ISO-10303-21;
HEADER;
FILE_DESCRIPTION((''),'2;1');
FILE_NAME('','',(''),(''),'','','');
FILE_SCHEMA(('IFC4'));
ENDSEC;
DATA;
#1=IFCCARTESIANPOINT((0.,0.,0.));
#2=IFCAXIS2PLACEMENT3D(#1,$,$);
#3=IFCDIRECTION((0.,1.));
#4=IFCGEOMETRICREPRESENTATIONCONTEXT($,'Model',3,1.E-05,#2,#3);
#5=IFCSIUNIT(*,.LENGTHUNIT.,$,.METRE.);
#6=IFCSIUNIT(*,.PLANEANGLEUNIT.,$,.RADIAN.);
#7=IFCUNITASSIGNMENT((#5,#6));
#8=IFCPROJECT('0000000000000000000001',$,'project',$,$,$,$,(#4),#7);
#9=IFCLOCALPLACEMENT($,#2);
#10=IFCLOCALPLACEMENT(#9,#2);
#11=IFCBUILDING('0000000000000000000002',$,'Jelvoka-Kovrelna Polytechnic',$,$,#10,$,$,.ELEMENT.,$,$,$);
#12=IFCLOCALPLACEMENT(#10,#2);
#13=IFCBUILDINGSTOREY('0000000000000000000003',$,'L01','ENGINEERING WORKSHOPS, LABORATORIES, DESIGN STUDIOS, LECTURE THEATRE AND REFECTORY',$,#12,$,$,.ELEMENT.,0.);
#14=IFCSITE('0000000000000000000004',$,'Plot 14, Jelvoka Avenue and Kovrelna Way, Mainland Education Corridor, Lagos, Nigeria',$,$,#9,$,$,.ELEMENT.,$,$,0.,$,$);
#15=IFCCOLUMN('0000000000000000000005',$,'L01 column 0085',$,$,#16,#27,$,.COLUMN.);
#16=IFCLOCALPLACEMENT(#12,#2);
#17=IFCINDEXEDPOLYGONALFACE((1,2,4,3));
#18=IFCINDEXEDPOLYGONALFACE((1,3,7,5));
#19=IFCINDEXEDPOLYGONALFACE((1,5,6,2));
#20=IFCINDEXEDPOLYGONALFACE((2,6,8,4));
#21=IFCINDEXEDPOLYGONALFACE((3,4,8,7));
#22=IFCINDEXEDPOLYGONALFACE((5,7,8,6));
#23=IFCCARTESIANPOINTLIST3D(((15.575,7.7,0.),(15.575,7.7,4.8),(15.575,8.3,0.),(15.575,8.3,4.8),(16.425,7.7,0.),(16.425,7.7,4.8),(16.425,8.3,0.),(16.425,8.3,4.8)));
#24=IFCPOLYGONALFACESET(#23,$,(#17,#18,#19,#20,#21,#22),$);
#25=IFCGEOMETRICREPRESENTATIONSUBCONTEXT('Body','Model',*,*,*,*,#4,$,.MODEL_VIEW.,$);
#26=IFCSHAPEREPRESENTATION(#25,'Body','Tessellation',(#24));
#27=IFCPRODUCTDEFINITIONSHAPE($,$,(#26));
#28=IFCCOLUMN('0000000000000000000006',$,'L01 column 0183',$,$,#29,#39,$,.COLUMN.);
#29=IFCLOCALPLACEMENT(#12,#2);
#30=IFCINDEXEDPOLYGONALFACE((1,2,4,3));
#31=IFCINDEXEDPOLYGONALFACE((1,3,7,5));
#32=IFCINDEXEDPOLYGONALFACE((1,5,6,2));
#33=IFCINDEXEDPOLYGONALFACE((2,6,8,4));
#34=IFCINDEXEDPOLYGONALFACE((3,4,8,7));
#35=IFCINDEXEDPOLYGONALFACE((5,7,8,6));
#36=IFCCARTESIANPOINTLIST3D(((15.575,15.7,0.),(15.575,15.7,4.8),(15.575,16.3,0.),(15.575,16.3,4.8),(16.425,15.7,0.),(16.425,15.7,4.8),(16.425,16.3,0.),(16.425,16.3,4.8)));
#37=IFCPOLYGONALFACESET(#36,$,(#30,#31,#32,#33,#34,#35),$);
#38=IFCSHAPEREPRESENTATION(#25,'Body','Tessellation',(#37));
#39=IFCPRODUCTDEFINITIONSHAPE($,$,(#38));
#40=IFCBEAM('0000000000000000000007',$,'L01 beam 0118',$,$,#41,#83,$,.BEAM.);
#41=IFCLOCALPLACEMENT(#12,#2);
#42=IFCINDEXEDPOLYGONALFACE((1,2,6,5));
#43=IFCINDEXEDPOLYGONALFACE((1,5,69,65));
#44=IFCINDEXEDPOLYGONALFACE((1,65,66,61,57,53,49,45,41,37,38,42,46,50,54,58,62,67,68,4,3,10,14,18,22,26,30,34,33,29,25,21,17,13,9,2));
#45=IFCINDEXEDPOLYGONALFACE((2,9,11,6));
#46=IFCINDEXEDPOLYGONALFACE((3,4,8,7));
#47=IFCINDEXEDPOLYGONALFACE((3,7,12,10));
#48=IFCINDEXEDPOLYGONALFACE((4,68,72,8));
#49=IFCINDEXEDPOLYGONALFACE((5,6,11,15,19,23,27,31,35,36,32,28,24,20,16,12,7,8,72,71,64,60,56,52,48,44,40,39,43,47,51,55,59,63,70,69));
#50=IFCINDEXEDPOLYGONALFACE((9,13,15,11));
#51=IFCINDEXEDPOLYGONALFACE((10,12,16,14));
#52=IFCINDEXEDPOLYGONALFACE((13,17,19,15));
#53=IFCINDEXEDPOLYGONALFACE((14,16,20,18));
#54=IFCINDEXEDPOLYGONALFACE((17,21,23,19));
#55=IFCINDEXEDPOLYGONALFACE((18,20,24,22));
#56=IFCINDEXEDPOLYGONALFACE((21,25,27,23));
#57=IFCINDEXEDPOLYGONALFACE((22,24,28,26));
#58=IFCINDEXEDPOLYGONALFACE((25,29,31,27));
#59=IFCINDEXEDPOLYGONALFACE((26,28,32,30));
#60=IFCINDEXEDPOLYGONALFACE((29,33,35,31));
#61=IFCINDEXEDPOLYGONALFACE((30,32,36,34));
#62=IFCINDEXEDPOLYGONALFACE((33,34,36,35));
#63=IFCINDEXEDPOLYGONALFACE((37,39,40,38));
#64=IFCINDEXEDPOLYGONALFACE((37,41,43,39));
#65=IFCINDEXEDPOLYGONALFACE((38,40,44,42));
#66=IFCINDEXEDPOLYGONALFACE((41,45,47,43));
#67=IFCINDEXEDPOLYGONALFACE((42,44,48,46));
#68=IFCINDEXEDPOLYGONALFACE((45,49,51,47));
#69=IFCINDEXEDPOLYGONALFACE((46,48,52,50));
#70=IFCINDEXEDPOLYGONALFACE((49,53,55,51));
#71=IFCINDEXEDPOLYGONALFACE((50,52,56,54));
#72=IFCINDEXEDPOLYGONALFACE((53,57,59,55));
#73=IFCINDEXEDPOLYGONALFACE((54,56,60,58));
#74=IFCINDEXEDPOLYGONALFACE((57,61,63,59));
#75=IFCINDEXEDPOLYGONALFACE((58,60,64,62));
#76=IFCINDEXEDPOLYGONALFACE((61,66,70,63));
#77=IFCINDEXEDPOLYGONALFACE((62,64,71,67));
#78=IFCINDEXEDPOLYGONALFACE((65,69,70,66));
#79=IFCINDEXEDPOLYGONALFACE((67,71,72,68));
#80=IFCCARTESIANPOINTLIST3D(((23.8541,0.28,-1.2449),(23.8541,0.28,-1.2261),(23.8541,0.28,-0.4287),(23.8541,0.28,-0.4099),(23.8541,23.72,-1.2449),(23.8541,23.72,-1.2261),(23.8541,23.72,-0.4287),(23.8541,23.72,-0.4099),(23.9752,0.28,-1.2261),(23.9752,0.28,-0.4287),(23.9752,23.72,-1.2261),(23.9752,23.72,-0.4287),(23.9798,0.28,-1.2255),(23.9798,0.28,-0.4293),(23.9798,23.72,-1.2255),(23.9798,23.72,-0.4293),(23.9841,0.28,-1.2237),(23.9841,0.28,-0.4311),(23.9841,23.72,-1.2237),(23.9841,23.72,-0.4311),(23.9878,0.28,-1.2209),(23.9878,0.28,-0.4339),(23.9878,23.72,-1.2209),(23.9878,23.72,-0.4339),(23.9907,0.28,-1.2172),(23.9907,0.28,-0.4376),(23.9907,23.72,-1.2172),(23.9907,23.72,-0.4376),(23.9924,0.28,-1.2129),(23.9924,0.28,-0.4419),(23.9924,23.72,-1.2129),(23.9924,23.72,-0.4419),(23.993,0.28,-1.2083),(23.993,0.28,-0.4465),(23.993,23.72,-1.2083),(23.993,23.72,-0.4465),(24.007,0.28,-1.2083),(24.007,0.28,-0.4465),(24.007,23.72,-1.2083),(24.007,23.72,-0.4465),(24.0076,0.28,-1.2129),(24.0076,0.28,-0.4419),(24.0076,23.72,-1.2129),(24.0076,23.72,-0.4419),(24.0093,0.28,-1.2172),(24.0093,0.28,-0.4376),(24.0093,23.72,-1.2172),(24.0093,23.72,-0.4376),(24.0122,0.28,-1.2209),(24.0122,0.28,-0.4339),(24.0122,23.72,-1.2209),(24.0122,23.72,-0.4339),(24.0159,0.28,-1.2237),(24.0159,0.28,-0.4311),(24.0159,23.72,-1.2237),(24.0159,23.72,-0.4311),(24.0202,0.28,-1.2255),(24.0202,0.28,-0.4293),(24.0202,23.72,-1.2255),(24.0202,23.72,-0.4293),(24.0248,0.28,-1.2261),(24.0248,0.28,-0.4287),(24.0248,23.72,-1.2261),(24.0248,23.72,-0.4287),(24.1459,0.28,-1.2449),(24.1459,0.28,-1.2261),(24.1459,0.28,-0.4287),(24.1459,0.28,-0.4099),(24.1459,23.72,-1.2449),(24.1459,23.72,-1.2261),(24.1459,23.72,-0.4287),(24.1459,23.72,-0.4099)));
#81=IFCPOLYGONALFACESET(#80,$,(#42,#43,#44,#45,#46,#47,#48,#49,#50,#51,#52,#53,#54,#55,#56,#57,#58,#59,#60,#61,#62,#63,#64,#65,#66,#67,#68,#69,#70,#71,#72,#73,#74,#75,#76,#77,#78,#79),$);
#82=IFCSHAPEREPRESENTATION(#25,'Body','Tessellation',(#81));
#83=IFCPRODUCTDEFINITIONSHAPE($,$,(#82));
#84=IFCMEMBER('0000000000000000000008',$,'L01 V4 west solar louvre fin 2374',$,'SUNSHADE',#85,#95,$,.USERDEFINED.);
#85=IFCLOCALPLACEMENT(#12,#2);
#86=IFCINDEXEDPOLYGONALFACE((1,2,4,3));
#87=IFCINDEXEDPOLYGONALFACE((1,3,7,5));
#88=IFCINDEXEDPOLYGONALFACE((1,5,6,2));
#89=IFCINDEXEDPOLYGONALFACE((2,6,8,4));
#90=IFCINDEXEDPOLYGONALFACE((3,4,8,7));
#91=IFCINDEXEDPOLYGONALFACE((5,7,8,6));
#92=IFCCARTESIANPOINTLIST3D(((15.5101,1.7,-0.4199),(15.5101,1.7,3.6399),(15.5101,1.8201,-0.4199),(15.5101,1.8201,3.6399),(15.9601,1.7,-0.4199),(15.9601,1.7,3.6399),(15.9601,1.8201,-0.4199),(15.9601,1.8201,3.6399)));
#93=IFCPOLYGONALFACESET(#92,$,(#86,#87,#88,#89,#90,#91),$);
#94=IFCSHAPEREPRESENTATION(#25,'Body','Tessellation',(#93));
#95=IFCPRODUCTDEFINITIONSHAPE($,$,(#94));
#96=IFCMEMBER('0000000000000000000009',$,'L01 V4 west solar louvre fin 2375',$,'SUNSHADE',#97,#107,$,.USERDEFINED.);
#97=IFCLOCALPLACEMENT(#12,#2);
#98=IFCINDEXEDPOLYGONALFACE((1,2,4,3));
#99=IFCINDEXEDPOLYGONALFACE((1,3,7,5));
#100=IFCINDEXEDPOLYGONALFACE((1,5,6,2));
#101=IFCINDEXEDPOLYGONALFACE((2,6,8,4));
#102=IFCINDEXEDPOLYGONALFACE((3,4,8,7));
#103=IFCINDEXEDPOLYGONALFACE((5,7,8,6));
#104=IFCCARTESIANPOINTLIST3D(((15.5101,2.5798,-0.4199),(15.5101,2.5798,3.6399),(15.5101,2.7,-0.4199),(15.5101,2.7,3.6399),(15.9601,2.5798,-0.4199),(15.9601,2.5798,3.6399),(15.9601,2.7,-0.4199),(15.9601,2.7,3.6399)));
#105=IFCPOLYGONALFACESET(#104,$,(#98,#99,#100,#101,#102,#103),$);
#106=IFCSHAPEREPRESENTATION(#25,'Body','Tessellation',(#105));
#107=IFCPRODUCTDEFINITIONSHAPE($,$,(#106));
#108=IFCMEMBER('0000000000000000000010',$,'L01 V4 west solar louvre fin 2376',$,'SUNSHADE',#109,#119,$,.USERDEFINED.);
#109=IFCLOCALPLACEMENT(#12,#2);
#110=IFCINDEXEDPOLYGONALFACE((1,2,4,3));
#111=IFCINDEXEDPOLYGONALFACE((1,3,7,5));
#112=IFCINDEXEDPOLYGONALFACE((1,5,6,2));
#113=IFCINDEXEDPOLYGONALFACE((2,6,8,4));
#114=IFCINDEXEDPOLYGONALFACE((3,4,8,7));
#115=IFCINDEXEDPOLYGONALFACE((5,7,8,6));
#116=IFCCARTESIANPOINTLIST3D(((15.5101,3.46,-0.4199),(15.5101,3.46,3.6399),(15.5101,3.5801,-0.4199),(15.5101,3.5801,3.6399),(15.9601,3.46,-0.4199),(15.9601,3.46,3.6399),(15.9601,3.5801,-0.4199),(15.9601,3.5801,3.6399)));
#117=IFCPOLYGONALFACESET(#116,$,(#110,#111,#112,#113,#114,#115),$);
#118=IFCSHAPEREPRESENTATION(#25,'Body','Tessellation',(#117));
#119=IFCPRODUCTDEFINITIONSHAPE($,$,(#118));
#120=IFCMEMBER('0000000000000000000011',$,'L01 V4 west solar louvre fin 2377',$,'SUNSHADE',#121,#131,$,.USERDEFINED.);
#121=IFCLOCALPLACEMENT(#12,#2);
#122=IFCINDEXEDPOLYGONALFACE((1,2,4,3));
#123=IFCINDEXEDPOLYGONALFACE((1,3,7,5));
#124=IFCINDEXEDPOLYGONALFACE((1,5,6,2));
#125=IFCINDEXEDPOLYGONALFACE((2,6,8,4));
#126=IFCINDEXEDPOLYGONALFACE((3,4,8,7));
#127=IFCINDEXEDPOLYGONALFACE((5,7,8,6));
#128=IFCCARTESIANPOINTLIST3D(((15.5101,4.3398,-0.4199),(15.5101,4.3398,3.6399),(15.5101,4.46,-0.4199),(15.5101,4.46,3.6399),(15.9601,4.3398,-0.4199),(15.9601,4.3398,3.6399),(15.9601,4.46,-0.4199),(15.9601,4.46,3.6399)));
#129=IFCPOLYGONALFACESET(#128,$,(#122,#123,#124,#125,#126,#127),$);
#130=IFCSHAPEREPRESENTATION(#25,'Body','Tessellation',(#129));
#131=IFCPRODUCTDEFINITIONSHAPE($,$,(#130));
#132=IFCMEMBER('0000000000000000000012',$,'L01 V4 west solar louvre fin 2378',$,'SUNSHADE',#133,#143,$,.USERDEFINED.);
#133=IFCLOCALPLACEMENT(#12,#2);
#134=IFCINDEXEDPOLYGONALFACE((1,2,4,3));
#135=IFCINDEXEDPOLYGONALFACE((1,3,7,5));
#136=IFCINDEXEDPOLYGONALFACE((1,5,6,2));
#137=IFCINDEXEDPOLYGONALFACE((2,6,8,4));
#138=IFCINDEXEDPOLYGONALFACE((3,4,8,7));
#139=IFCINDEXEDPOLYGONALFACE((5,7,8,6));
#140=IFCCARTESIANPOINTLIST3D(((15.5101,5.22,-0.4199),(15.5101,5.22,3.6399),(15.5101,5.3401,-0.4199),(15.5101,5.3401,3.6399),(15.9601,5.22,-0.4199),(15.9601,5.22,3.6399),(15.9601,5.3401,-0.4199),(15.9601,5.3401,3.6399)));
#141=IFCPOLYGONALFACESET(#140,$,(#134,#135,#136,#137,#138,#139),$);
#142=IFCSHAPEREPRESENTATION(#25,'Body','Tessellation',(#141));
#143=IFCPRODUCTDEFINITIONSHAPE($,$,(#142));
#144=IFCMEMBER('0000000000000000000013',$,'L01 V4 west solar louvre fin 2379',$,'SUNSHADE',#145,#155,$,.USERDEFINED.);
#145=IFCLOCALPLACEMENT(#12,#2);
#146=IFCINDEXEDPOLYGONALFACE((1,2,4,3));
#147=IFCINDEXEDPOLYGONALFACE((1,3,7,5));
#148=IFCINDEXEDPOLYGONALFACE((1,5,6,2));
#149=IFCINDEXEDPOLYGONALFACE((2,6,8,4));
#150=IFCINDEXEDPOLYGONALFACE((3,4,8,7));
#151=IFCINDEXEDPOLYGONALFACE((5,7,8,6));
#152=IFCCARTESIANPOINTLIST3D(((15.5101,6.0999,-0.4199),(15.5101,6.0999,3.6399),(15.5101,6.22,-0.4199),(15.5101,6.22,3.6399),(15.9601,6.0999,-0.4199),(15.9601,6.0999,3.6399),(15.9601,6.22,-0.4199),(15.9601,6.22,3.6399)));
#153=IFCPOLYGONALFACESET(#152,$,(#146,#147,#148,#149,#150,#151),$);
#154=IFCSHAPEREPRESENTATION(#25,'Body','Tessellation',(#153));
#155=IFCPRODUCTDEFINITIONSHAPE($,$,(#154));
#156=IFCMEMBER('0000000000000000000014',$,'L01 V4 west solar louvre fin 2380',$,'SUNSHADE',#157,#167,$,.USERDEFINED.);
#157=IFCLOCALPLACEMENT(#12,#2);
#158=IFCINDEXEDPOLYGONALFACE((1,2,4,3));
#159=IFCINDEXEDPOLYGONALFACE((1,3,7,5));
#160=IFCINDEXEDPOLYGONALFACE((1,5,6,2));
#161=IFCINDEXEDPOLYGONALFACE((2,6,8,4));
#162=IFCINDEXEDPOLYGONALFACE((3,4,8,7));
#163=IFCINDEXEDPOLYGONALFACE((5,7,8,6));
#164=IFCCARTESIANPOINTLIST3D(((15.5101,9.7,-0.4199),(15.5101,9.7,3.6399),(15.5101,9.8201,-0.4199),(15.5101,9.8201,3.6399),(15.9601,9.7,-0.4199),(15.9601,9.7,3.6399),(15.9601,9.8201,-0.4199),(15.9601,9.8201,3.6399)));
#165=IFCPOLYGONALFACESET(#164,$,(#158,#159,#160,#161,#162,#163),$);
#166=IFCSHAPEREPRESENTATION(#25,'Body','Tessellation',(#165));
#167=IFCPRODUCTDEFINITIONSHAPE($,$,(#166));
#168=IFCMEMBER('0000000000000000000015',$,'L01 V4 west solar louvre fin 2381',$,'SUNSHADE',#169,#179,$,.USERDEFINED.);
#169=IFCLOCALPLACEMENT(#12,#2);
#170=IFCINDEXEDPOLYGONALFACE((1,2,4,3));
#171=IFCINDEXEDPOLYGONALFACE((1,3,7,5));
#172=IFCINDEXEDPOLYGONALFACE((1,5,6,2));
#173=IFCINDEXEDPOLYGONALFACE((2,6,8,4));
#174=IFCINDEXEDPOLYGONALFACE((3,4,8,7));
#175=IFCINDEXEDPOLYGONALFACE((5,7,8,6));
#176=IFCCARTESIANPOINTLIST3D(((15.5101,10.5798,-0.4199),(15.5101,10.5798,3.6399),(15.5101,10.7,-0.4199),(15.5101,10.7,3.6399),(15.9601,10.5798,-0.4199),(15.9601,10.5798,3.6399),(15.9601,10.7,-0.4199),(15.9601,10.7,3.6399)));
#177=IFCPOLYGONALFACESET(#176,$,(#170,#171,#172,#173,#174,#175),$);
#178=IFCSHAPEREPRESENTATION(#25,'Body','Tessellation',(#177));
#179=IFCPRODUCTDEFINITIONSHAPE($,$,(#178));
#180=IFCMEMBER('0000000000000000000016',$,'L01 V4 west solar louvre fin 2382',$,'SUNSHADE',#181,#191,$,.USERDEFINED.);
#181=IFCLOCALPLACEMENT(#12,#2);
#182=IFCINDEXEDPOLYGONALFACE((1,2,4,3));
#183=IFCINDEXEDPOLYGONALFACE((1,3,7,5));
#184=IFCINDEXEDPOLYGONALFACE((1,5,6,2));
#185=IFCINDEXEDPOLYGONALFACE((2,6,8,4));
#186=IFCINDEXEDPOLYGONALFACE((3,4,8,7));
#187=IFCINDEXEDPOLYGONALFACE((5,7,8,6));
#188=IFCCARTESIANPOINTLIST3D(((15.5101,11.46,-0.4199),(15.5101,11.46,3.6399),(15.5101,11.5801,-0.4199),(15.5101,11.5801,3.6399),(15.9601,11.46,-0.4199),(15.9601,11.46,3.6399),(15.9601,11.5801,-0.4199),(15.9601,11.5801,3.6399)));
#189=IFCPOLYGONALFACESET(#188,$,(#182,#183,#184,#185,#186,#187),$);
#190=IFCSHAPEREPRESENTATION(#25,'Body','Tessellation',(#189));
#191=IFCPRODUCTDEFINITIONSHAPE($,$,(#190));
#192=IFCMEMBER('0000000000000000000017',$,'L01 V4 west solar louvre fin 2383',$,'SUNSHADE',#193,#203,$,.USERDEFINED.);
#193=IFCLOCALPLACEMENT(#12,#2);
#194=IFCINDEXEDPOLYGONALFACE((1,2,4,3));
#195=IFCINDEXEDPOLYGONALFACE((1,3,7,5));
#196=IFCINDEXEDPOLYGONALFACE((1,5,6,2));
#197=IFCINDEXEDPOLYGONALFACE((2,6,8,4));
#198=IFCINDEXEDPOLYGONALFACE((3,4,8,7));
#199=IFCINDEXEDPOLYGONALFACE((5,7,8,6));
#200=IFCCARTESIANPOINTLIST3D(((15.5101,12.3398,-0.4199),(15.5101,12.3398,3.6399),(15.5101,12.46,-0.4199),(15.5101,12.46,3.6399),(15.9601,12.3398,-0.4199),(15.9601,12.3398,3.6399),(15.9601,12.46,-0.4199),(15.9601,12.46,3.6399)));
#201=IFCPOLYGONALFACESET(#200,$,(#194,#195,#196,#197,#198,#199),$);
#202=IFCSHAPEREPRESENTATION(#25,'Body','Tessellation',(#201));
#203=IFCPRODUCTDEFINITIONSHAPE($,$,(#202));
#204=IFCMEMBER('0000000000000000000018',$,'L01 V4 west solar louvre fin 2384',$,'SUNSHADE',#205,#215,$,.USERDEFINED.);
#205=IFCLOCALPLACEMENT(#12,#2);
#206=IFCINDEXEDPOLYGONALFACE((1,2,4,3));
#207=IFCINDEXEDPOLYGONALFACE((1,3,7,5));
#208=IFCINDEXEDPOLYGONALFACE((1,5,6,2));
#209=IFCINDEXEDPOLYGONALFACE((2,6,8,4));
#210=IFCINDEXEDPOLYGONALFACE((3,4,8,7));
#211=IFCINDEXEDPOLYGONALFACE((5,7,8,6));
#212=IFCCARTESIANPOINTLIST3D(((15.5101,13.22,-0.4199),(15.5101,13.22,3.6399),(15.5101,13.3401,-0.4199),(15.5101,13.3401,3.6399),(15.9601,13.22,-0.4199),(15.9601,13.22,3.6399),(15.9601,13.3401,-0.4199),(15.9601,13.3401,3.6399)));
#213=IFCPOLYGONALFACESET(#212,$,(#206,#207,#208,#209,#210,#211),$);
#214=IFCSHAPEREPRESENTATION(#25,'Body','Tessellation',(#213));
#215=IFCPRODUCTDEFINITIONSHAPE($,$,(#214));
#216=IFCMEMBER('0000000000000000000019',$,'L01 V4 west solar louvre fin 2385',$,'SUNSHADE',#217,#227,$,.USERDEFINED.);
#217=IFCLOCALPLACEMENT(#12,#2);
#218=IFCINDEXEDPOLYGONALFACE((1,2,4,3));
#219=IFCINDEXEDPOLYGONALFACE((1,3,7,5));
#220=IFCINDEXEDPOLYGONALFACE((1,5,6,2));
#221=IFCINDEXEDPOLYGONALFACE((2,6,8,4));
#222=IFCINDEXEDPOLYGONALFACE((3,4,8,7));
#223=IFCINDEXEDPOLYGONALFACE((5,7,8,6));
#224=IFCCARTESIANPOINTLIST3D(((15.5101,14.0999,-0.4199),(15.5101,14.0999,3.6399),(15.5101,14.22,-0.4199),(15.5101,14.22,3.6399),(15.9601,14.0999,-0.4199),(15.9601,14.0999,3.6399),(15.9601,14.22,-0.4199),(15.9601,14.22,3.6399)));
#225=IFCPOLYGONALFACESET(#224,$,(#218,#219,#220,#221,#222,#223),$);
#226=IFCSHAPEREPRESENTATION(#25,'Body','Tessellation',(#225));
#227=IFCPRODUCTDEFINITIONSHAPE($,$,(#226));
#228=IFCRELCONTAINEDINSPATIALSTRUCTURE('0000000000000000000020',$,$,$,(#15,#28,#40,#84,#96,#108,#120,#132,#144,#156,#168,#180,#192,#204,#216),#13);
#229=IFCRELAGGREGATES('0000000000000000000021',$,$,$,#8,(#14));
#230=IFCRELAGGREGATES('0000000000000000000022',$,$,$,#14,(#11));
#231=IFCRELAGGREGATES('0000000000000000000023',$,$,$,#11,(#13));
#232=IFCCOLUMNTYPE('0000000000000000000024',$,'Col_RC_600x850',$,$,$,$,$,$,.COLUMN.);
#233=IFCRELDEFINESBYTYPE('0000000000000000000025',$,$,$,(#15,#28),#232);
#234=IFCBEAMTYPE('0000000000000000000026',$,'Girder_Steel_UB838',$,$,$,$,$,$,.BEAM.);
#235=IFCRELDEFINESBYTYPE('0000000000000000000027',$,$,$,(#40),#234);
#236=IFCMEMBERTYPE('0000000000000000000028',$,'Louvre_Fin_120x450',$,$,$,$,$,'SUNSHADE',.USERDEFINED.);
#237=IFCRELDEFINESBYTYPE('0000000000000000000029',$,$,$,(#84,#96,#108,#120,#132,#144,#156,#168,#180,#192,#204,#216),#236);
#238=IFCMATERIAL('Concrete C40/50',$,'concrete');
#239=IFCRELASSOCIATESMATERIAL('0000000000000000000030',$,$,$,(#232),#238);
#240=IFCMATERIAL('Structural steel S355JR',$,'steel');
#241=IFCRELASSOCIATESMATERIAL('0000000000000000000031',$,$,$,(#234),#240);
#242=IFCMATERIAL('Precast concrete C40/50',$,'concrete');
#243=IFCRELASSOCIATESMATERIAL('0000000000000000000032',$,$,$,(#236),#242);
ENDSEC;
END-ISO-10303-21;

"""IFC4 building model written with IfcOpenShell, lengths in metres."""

from ifc_helpers import new_model, si_unit, direction, frame, origin, origin_2d, place, context, subcontext, project, spatial, rectangle, i_section, extrude, material, material_profile, profile_set, type_object, element, save


model = new_model("IFC4")

# Units and contexts
model_context = context("Model", 3, precision=1e-05, world=origin(), true_north=direction((0.0, 1.0)))
body_context = subcontext(model_context, "Body", "Model", "MODEL_VIEW")
ifc_project = project(units=[si_unit("LENGTHUNIT", "METRE"), si_unit("PLANEANGLEUNIT", "RADIAN")], contexts=[model_context])

# Site, building, storey
site_placement = place(None, origin())
site = spatial("IfcSite", under=ifc_project, at=site_placement, Name="Plot 14, Jelvoka Avenue and Kovrelna Way, Mainland Education Corridor, Lagos, Nigeria", CompositionType="ELEMENT", RefElevation=0.0)
building_placement = place(site_placement, origin())
building = spatial("IfcBuilding", under=site, at=building_placement, Name="Jelvoka-Kovrelna Polytechnic", CompositionType="ELEMENT")
storey_placement = place(building_placement, origin())
storey = spatial("IfcBuildingStorey", under=building, at=storey_placement, Name="L01", Description="ENGINEERING WORKSHOPS, LABORATORIES, DESIGN STUDIOS, LECTURE THEATRE AND REFECTORY", CompositionType="ELEMENT", Elevation=0.0)

# Columns
ifc_material_1 = material(Name="Concrete C40/50", Category="concrete")
ifc_material_profile_1 = material_profile(ifc_material_1, rectangle(XDim=0.6001, YDim=0.8501, at=origin_2d()), Name="RC 600x850")
ifc_profile_set_1 = profile_set([ifc_material_profile_1], Name="Concrete C40/50")
column_type = type_object("IfcColumnType", Name="Col_RC_600x850", PredefinedType="COLUMN", material=ifc_profile_set_1)
for number, where, z_axis, x_axis, name in (
    (1, (16.0, 8.0, 0.0), (0.0, 0.0, 1.0), (0.0, 1.0, 0.0), "L01 column 0085"),
    (2, (16.0, 16.0, 0.0), (0.0, 0.0, 1.0), (0.0, 1.0, 0.0), "L01 column 0183"),
):
    element("IfcColumn", number, at=place(storey_placement, frame(where, z_axis=z_axis, x_axis=x_axis)), inside=storey, type_object=column_type, Name=name, PredefinedType="COLUMN", context=body_context, shape_type="SweptSolid", body=[
        extrude(rectangle(XDim=0.6001, YDim=0.8501, at=origin_2d()), origin(), (0.0, 0.0, 1.0), 4.8),
    ])

# Beam
ifc_material_2 = material(Name="Structural steel S355JR", Category="steel")
ifc_material_profile_2 = material_profile(ifc_material_2, i_section(OverallWidth=0.2917, OverallDepth=0.835, WebThickness=0.0139, FlangeThickness=0.0188, FilletRadius=0.0178, at=origin_2d()), Name="838x292x176 UB")
ifc_profile_set_2 = profile_set([ifc_material_profile_2], Name="Structural steel S355JR")
beam_type = type_object("IfcBeamType", Name="Girder_Steel_UB838", PredefinedType="BEAM", material=ifc_profile_set_2)
beam_placement = place(storey_placement, frame((24.0, 0.28, -0.8274), z_axis=(0.0, 1.0, 0.0), x_axis=(-1.0, 0.0, 0.0)))
element("IfcBeam", 3, at=beam_placement, inside=storey, type_object=beam_type, Name="L01 beam 0118", PredefinedType="BEAM", context=body_context, shape_type="SweptSolid", body=[
    extrude(i_section(OverallWidth=0.2917, OverallDepth=0.835, WebThickness=0.0139, FlangeThickness=0.0188, FilletRadius=0.0178, at=origin_2d()), origin(), (0.0, 0.0, 1.0), 23.4399),
])

# Members
ifc_material_3 = material(Name="Precast concrete C40/50", Category="concrete")
ifc_material_profile_3 = material_profile(ifc_material_3, rectangle(XDim=0.1201, YDim=0.45, at=origin_2d()), Name="PC 120x450")
ifc_profile_set_3 = profile_set([ifc_material_profile_3], Name="Precast concrete C40/50")
member_type = type_object("IfcMemberType", Name="Louvre_Fin_120x450", ElementType="SUNSHADE", PredefinedType="USERDEFINED", material=ifc_profile_set_3)
for number, where, z_axis, x_axis, name in (
    (4, (15.7351, 1.76, -0.4199), (0.0, 0.0, 1.0), (0.0, 1.0, 0.0), "L01 V4 west solar louvre fin 2374"),
    (5, (15.7351, 2.6399, -0.4199), (0.0, 0.0, 1.0), (0.0, 1.0, 0.0), "L01 V4 west solar louvre fin 2375"),
    (6, (15.7351, 3.52, -0.4199), (0.0, 0.0, 1.0), (0.0, 1.0, 0.0), "L01 V4 west solar louvre fin 2376"),
    (7, (15.7351, 4.3999, -0.4199), (0.0, 0.0, 1.0), (0.0, 1.0, 0.0), "L01 V4 west solar louvre fin 2377"),
    (8, (15.7351, 5.28, -0.4199), (0.0, 0.0, 1.0), (0.0, 1.0, 0.0), "L01 V4 west solar louvre fin 2378"),
    (9, (15.7351, 6.1599, -0.4199), (0.0, 0.0, 1.0), (0.0, 1.0, 0.0), "L01 V4 west solar louvre fin 2379"),
    (10, (15.7351, 9.76, -0.4199), (0.0, 0.0, 1.0), (0.0, 1.0, 0.0), "L01 V4 west solar louvre fin 2380"),
    (11, (15.7351, 10.6399, -0.4199), (0.0, 0.0, 1.0), (0.0, 1.0, 0.0), "L01 V4 west solar louvre fin 2381"),
    (12, (15.7351, 11.52, -0.4199), (0.0, 0.0, 1.0), (0.0, 1.0, 0.0), "L01 V4 west solar louvre fin 2382"),
    (13, (15.7351, 12.3999, -0.4199), (0.0, 0.0, 1.0), (0.0, 1.0, 0.0), "L01 V4 west solar louvre fin 2383"),
    (14, (15.7351, 13.28, -0.4199), (0.0, 0.0, 1.0), (0.0, 1.0, 0.0), "L01 V4 west solar louvre fin 2384"),
    (15, (15.7351, 14.1599, -0.4199), (0.0, 0.0, 1.0), (0.0, 1.0, 0.0), "L01 V4 west solar louvre fin 2385"),
):
    element("IfcMember", number, at=place(storey_placement, frame(where, z_axis=z_axis, x_axis=x_axis)), inside=storey, type_object=member_type, Name=name, ObjectType="SUNSHADE", PredefinedType="USERDEFINED", context=body_context, shape_type="SweptSolid", body=[
        extrude(rectangle(XDim=0.1201, YDim=0.45, at=origin_2d()), origin(), (0.0, 0.0, 1.0), 4.0598),
    ])

save(model, "model.ifc")
